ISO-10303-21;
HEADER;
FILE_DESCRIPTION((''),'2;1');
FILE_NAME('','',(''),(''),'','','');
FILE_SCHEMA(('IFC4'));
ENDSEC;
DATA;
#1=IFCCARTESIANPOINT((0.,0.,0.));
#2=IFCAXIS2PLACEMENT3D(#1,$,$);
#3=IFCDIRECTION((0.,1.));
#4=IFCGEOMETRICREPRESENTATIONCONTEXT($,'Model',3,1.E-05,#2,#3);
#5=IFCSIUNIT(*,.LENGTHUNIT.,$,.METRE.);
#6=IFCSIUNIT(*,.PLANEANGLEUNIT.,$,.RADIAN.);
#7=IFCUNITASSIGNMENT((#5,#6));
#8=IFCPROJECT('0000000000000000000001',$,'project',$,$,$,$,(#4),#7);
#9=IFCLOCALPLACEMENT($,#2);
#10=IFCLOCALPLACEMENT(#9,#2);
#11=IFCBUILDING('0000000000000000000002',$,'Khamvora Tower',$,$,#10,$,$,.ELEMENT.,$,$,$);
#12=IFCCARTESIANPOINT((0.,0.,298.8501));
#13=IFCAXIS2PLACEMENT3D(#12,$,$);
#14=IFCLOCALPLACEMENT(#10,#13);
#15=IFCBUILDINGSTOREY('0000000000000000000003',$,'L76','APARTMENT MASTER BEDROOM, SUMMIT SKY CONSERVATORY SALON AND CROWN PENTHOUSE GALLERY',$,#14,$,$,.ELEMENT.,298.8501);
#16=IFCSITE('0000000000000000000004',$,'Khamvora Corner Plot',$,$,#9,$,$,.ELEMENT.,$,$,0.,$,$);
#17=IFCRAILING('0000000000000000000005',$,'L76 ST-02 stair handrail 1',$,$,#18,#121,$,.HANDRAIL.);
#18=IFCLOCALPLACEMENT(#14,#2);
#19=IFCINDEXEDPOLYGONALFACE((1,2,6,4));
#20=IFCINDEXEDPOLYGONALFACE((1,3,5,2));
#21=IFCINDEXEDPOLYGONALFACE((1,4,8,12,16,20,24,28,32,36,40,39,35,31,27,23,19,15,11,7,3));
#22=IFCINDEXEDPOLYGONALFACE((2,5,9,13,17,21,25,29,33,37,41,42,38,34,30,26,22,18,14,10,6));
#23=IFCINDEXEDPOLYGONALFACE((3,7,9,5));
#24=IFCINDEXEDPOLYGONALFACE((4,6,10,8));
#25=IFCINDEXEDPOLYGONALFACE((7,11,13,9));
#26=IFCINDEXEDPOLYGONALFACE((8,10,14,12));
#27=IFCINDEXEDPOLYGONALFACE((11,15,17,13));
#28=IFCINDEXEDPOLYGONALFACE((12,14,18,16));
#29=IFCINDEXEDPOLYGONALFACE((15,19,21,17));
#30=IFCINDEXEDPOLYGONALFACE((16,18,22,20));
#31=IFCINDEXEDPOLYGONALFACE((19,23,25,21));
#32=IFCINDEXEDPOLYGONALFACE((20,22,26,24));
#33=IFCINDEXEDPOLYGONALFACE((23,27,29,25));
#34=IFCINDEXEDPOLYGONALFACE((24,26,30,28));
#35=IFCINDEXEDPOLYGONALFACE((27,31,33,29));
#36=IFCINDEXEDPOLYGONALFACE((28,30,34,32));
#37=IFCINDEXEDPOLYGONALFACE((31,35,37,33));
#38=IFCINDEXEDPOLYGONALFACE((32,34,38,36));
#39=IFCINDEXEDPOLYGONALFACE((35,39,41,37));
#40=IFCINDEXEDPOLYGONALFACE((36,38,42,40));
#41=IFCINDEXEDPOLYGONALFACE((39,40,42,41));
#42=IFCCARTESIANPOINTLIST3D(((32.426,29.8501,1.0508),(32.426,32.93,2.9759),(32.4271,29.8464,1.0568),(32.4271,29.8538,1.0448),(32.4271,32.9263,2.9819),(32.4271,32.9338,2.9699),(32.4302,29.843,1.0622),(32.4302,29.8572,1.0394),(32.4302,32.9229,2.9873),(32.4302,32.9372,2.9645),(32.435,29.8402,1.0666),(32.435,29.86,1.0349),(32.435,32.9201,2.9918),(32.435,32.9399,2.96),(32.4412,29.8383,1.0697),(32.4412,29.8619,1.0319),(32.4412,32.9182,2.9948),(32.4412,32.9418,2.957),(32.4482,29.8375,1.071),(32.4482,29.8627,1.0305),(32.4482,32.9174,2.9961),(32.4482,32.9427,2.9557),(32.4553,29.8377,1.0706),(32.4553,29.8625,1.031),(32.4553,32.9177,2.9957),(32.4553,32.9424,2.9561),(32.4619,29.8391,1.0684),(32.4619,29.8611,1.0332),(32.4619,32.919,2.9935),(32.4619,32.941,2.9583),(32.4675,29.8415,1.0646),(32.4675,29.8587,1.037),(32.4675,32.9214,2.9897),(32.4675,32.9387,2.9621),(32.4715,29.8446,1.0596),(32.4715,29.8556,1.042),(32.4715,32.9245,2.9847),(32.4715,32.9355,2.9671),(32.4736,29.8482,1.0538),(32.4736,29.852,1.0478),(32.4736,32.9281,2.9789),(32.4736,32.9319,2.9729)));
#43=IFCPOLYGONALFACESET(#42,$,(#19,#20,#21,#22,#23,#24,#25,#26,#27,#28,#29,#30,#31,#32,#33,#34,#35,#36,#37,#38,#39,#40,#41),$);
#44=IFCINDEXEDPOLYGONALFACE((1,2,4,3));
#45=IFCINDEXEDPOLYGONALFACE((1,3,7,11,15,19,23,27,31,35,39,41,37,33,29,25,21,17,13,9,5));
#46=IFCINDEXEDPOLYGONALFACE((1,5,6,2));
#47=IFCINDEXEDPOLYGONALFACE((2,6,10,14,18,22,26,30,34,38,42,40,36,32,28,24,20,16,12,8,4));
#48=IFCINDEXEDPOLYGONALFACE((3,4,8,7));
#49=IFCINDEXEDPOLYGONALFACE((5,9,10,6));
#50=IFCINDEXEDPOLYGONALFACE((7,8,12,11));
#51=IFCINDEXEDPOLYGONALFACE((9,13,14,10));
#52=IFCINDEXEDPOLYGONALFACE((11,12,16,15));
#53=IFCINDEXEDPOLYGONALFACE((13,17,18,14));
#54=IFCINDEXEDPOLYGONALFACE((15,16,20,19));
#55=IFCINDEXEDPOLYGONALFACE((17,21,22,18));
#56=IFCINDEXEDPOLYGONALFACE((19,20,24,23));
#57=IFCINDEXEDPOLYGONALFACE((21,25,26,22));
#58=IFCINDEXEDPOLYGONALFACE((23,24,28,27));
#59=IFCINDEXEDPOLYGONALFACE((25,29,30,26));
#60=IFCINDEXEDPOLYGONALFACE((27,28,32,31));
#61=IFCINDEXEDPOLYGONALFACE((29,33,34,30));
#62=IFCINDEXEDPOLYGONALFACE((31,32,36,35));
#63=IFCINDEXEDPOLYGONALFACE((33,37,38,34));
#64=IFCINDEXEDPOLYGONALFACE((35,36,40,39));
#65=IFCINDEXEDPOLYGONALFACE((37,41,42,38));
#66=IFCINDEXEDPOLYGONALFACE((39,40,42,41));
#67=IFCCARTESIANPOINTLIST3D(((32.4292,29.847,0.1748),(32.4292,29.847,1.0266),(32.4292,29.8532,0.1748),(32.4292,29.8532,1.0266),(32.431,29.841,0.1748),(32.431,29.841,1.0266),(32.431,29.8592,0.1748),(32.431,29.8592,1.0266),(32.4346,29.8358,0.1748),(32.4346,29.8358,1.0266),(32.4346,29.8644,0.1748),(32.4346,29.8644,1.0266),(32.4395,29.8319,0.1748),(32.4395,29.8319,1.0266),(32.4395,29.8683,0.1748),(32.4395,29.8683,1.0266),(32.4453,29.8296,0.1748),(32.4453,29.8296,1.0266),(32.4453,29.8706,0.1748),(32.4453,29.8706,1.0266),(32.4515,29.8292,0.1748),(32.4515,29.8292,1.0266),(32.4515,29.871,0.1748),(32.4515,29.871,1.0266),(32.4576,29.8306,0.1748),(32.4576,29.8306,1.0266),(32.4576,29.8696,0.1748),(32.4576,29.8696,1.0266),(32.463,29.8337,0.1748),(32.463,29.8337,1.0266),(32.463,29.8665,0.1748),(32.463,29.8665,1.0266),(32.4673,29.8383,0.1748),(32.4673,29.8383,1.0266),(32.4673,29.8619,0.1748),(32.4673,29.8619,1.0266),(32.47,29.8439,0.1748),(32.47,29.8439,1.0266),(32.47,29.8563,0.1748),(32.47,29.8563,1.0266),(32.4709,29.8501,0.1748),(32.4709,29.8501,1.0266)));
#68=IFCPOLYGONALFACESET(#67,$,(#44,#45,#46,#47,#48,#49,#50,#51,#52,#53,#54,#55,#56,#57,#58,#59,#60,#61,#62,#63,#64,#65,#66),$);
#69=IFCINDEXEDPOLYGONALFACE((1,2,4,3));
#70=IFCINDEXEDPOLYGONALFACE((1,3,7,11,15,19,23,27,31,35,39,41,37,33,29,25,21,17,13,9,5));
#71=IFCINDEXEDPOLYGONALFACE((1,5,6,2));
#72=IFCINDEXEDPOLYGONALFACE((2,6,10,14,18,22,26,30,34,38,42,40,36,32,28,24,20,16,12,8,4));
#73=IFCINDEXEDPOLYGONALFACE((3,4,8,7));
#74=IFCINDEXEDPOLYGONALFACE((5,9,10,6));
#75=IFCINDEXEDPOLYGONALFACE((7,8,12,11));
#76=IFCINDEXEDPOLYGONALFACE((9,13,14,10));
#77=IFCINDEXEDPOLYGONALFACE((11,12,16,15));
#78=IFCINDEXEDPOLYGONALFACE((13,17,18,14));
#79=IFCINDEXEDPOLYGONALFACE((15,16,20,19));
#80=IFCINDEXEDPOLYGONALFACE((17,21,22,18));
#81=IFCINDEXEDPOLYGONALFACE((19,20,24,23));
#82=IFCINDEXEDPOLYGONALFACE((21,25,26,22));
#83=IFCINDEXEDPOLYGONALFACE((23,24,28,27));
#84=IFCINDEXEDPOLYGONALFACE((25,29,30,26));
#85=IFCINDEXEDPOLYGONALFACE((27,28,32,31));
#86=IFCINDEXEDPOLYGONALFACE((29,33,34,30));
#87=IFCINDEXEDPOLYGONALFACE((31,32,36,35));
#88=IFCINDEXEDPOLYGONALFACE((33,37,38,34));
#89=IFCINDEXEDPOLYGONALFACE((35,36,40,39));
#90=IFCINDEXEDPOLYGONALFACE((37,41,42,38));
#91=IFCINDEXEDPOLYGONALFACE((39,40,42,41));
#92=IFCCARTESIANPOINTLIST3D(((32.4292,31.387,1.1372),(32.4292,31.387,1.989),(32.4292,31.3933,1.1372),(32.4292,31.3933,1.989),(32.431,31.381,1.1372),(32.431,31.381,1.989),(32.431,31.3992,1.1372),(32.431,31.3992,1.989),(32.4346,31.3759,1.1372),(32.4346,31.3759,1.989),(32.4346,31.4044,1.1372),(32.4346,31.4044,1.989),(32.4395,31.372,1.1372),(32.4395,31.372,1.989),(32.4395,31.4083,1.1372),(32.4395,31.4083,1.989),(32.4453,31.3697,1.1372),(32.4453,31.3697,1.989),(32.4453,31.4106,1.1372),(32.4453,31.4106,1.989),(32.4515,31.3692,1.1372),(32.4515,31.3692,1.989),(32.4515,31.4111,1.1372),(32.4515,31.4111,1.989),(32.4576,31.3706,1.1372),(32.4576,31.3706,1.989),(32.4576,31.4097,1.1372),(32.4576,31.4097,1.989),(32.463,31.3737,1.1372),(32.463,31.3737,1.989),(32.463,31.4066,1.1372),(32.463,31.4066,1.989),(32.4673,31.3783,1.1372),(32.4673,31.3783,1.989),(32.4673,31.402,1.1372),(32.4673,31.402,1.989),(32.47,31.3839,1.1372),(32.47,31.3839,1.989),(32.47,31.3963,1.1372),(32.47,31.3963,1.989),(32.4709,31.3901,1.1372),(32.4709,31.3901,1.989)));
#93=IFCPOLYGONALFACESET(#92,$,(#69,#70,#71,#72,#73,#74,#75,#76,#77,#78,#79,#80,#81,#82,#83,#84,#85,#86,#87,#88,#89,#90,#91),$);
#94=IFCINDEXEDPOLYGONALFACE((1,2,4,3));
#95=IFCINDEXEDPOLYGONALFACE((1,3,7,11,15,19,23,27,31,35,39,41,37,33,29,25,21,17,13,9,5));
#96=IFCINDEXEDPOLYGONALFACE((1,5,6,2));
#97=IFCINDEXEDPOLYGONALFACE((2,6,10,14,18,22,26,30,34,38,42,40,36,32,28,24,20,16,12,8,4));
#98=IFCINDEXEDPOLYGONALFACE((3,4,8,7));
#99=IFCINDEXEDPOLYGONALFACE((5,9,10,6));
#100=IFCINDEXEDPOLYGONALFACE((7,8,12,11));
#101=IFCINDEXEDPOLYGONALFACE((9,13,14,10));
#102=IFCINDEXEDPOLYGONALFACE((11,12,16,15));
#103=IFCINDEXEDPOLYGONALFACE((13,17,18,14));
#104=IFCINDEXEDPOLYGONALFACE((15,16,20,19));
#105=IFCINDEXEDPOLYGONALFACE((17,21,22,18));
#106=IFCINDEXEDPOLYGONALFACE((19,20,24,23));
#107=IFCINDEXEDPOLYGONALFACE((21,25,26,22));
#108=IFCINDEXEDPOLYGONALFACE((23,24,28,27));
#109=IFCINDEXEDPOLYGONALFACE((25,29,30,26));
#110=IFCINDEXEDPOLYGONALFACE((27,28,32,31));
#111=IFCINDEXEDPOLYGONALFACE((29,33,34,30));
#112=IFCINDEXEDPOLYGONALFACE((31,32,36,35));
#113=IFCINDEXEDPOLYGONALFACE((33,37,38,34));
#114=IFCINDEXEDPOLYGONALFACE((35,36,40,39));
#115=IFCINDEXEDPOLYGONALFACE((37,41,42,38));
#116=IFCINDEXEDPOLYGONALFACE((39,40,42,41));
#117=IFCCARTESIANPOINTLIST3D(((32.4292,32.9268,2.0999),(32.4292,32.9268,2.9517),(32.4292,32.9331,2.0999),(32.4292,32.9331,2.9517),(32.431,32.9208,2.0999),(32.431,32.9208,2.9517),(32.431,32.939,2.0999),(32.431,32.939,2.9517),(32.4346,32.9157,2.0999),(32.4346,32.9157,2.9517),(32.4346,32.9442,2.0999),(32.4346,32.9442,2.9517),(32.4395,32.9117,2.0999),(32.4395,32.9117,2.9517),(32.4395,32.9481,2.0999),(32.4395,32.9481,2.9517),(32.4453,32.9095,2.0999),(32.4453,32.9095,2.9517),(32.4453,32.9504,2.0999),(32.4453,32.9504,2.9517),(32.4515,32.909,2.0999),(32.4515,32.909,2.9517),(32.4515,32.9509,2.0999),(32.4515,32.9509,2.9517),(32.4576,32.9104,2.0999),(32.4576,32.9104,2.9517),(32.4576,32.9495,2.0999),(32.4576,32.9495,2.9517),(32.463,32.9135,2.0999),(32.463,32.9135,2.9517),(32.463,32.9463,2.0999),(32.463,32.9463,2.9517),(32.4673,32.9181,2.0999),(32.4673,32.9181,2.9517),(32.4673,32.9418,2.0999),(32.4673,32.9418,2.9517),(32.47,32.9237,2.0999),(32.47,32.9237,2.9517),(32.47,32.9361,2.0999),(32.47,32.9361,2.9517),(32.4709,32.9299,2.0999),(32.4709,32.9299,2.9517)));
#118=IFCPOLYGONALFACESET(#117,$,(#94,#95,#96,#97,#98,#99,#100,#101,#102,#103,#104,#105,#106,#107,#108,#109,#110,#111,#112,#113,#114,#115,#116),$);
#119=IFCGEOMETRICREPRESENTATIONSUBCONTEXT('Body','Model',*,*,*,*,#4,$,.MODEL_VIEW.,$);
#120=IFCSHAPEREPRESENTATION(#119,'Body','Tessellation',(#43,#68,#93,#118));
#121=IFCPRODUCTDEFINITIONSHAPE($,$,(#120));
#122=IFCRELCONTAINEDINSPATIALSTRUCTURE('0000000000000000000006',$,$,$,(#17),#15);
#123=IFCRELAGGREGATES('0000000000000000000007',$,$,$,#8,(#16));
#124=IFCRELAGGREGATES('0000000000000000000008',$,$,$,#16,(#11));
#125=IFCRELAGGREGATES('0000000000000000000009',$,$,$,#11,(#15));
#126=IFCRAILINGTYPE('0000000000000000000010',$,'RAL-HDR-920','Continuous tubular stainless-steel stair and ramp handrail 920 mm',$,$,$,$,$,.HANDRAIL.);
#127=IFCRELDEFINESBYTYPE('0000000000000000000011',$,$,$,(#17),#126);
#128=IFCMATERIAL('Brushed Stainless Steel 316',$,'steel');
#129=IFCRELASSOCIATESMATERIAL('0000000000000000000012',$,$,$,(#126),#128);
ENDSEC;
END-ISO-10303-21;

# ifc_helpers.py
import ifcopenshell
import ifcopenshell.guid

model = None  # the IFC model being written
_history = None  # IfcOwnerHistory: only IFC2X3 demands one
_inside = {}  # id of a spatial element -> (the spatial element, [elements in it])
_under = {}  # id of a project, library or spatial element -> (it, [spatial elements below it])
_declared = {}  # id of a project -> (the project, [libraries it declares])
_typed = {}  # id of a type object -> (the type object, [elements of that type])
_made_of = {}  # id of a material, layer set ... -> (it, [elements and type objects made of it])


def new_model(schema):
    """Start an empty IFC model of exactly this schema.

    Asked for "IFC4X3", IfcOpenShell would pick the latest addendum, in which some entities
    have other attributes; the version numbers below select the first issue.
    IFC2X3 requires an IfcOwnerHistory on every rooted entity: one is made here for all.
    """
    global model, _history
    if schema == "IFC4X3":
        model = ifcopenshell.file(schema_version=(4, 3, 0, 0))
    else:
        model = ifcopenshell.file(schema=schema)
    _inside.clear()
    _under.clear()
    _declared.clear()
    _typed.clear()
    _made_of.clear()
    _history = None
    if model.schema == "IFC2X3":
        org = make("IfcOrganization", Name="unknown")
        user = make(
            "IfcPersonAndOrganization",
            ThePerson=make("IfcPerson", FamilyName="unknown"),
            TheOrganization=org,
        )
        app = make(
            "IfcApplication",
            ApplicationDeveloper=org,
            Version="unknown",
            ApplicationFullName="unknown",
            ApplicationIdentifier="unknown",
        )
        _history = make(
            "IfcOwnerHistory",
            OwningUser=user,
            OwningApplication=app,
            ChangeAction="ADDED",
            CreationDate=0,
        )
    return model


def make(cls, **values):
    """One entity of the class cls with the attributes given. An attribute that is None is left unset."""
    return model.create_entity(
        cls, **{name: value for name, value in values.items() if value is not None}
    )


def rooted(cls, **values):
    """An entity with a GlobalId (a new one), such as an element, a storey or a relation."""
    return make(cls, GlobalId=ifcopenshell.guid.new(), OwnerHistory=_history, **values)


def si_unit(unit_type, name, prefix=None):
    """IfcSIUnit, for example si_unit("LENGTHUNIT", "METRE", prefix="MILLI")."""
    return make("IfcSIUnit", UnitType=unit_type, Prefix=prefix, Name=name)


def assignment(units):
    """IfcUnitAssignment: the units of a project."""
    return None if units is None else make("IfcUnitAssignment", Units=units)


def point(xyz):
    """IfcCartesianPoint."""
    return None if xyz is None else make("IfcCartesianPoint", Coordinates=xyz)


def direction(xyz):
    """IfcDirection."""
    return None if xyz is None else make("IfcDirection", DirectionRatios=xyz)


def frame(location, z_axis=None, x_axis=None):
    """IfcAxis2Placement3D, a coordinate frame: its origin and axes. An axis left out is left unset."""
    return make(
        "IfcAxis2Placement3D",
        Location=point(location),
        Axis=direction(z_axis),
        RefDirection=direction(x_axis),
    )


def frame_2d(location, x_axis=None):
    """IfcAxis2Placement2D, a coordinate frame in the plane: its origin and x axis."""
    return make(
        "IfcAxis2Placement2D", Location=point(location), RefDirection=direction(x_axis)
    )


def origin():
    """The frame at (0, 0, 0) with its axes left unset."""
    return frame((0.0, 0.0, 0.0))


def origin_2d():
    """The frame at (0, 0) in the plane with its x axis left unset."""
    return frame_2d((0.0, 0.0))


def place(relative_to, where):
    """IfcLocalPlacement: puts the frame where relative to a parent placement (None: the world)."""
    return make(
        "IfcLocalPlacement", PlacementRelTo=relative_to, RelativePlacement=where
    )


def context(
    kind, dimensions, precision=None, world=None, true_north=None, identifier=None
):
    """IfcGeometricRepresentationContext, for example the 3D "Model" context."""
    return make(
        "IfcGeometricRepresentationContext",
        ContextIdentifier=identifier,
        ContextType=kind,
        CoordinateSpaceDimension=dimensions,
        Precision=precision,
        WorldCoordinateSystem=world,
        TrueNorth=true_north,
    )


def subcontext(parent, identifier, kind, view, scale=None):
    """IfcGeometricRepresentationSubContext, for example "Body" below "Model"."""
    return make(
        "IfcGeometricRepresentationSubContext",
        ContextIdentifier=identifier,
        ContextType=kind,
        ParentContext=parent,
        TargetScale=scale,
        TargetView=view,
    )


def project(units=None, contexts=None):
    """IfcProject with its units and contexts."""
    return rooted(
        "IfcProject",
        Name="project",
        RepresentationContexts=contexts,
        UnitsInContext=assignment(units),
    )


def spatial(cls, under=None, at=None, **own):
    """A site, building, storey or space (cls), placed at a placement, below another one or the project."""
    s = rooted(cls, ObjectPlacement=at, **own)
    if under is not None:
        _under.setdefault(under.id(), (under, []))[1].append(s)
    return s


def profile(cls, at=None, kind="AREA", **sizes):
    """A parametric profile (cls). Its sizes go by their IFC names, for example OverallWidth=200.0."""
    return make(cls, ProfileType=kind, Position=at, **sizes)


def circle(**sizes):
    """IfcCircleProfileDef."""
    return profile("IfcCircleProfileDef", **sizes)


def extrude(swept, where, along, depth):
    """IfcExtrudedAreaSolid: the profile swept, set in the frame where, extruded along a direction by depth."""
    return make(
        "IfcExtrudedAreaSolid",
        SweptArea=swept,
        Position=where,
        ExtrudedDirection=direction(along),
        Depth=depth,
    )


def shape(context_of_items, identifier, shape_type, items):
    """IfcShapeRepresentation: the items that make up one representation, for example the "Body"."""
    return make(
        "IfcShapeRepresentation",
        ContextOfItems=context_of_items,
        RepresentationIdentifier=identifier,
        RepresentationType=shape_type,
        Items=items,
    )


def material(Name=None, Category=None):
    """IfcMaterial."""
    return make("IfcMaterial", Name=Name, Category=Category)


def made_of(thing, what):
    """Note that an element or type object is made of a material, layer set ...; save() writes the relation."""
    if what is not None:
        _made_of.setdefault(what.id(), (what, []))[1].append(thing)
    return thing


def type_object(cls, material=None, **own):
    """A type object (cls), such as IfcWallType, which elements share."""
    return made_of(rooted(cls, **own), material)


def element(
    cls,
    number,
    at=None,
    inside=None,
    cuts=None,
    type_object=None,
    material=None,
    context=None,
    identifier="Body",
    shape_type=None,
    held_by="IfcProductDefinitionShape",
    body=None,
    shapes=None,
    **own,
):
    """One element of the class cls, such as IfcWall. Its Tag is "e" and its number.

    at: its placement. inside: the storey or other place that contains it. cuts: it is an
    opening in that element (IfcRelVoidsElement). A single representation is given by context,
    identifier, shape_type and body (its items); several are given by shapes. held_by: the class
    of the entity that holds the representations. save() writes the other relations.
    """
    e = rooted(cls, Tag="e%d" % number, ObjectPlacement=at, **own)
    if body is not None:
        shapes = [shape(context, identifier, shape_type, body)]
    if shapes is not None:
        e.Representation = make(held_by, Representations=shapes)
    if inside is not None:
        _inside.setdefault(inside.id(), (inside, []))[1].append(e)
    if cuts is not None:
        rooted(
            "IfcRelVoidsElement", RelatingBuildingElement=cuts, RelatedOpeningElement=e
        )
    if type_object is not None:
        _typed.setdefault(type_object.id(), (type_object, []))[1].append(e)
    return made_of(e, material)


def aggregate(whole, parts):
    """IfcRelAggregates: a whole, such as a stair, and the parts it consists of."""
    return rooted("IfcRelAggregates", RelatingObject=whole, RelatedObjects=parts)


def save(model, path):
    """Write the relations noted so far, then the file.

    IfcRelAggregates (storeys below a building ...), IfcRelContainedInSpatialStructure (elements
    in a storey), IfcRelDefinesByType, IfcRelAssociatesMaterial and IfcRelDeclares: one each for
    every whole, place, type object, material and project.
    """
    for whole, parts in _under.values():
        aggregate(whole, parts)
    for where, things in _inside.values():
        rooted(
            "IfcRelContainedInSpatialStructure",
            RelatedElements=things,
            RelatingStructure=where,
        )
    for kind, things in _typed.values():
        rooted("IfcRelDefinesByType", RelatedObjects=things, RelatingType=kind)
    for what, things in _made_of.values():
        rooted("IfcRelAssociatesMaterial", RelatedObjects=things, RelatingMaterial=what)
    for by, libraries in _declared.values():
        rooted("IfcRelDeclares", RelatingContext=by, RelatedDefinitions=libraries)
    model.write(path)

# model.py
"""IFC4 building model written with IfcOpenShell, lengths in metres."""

from ifc_helpers import new_model, si_unit, direction, frame, origin, origin_2d, place, context, subcontext, project, spatial, circle, extrude, material, type_object, element, save


model = new_model("IFC4")

# Units and contexts
model_context = context("Model", 3, precision=1e-05, world=origin(), true_north=direction((0.0, 1.0)))
body_context = subcontext(model_context, "Body", "Model", "MODEL_VIEW")
ifc_project = project(units=[si_unit("LENGTHUNIT", "METRE"), si_unit("PLANEANGLEUNIT", "RADIAN")], contexts=[model_context])

# Site, building, storey
site_placement = place(None, origin())
site = spatial("IfcSite", under=ifc_project, at=site_placement, Name="Khamvora Corner Plot", CompositionType="ELEMENT", RefElevation=0.0)
building_placement = place(site_placement, origin())
building = spatial("IfcBuilding", under=site, at=building_placement, Name="Khamvora Tower", CompositionType="ELEMENT")
storey_placement = place(building_placement, frame((0.0, 0.0, 298.8501)))
storey = spatial("IfcBuildingStorey", under=building, at=storey_placement, Name="L76", Description="APARTMENT MASTER BEDROOM, SUMMIT SKY CONSERVATORY SALON AND CROWN PENTHOUSE GALLERY", CompositionType="ELEMENT", Elevation=298.8501)

# Railing
ifc_material_1 = material(Name="Brushed Stainless Steel 316", Category="steel")
railing_type = type_object("IfcRailingType", Name="RAL-HDR-920", Description="Continuous tubular stainless-steel stair and ramp handrail 920 mm", PredefinedType="HANDRAIL", material=ifc_material_1)
railing_placement = place(storey_placement, frame((32.45, 29.8501, 0.1748)))
element("IfcRailing", 1, at=railing_placement, inside=storey, type_object=railing_type, Name="L76 ST-02 stair handrail 1", PredefinedType="HANDRAIL", context=body_context, shape_type="SweptSolid", body=[
    extrude(circle(Radius=0.0239, at=origin_2d()), frame((0.0, 0.0, 0.876), z_axis=(0.0, 0.847979, 0.530029), x_axis=(-1.0, 0.0, 0.0)), (0.0, 0.0, 1.0), 3.6321),
    extrude(circle(Radius=0.021, at=origin_2d()), origin(), (0.0, 0.0, 1.0), 0.8518),
    extrude(circle(Radius=0.021, at=origin_2d()), frame((0.0, 1.54, 0.9624)), (0.0, 0.0, 1.0), 0.8518),
    extrude(circle(Radius=0.021, at=origin_2d()), frame((0.0, 3.0798, 1.925)), (0.0, 0.0, 1.0), 0.8518),
])

save(model, "model.ifc")
